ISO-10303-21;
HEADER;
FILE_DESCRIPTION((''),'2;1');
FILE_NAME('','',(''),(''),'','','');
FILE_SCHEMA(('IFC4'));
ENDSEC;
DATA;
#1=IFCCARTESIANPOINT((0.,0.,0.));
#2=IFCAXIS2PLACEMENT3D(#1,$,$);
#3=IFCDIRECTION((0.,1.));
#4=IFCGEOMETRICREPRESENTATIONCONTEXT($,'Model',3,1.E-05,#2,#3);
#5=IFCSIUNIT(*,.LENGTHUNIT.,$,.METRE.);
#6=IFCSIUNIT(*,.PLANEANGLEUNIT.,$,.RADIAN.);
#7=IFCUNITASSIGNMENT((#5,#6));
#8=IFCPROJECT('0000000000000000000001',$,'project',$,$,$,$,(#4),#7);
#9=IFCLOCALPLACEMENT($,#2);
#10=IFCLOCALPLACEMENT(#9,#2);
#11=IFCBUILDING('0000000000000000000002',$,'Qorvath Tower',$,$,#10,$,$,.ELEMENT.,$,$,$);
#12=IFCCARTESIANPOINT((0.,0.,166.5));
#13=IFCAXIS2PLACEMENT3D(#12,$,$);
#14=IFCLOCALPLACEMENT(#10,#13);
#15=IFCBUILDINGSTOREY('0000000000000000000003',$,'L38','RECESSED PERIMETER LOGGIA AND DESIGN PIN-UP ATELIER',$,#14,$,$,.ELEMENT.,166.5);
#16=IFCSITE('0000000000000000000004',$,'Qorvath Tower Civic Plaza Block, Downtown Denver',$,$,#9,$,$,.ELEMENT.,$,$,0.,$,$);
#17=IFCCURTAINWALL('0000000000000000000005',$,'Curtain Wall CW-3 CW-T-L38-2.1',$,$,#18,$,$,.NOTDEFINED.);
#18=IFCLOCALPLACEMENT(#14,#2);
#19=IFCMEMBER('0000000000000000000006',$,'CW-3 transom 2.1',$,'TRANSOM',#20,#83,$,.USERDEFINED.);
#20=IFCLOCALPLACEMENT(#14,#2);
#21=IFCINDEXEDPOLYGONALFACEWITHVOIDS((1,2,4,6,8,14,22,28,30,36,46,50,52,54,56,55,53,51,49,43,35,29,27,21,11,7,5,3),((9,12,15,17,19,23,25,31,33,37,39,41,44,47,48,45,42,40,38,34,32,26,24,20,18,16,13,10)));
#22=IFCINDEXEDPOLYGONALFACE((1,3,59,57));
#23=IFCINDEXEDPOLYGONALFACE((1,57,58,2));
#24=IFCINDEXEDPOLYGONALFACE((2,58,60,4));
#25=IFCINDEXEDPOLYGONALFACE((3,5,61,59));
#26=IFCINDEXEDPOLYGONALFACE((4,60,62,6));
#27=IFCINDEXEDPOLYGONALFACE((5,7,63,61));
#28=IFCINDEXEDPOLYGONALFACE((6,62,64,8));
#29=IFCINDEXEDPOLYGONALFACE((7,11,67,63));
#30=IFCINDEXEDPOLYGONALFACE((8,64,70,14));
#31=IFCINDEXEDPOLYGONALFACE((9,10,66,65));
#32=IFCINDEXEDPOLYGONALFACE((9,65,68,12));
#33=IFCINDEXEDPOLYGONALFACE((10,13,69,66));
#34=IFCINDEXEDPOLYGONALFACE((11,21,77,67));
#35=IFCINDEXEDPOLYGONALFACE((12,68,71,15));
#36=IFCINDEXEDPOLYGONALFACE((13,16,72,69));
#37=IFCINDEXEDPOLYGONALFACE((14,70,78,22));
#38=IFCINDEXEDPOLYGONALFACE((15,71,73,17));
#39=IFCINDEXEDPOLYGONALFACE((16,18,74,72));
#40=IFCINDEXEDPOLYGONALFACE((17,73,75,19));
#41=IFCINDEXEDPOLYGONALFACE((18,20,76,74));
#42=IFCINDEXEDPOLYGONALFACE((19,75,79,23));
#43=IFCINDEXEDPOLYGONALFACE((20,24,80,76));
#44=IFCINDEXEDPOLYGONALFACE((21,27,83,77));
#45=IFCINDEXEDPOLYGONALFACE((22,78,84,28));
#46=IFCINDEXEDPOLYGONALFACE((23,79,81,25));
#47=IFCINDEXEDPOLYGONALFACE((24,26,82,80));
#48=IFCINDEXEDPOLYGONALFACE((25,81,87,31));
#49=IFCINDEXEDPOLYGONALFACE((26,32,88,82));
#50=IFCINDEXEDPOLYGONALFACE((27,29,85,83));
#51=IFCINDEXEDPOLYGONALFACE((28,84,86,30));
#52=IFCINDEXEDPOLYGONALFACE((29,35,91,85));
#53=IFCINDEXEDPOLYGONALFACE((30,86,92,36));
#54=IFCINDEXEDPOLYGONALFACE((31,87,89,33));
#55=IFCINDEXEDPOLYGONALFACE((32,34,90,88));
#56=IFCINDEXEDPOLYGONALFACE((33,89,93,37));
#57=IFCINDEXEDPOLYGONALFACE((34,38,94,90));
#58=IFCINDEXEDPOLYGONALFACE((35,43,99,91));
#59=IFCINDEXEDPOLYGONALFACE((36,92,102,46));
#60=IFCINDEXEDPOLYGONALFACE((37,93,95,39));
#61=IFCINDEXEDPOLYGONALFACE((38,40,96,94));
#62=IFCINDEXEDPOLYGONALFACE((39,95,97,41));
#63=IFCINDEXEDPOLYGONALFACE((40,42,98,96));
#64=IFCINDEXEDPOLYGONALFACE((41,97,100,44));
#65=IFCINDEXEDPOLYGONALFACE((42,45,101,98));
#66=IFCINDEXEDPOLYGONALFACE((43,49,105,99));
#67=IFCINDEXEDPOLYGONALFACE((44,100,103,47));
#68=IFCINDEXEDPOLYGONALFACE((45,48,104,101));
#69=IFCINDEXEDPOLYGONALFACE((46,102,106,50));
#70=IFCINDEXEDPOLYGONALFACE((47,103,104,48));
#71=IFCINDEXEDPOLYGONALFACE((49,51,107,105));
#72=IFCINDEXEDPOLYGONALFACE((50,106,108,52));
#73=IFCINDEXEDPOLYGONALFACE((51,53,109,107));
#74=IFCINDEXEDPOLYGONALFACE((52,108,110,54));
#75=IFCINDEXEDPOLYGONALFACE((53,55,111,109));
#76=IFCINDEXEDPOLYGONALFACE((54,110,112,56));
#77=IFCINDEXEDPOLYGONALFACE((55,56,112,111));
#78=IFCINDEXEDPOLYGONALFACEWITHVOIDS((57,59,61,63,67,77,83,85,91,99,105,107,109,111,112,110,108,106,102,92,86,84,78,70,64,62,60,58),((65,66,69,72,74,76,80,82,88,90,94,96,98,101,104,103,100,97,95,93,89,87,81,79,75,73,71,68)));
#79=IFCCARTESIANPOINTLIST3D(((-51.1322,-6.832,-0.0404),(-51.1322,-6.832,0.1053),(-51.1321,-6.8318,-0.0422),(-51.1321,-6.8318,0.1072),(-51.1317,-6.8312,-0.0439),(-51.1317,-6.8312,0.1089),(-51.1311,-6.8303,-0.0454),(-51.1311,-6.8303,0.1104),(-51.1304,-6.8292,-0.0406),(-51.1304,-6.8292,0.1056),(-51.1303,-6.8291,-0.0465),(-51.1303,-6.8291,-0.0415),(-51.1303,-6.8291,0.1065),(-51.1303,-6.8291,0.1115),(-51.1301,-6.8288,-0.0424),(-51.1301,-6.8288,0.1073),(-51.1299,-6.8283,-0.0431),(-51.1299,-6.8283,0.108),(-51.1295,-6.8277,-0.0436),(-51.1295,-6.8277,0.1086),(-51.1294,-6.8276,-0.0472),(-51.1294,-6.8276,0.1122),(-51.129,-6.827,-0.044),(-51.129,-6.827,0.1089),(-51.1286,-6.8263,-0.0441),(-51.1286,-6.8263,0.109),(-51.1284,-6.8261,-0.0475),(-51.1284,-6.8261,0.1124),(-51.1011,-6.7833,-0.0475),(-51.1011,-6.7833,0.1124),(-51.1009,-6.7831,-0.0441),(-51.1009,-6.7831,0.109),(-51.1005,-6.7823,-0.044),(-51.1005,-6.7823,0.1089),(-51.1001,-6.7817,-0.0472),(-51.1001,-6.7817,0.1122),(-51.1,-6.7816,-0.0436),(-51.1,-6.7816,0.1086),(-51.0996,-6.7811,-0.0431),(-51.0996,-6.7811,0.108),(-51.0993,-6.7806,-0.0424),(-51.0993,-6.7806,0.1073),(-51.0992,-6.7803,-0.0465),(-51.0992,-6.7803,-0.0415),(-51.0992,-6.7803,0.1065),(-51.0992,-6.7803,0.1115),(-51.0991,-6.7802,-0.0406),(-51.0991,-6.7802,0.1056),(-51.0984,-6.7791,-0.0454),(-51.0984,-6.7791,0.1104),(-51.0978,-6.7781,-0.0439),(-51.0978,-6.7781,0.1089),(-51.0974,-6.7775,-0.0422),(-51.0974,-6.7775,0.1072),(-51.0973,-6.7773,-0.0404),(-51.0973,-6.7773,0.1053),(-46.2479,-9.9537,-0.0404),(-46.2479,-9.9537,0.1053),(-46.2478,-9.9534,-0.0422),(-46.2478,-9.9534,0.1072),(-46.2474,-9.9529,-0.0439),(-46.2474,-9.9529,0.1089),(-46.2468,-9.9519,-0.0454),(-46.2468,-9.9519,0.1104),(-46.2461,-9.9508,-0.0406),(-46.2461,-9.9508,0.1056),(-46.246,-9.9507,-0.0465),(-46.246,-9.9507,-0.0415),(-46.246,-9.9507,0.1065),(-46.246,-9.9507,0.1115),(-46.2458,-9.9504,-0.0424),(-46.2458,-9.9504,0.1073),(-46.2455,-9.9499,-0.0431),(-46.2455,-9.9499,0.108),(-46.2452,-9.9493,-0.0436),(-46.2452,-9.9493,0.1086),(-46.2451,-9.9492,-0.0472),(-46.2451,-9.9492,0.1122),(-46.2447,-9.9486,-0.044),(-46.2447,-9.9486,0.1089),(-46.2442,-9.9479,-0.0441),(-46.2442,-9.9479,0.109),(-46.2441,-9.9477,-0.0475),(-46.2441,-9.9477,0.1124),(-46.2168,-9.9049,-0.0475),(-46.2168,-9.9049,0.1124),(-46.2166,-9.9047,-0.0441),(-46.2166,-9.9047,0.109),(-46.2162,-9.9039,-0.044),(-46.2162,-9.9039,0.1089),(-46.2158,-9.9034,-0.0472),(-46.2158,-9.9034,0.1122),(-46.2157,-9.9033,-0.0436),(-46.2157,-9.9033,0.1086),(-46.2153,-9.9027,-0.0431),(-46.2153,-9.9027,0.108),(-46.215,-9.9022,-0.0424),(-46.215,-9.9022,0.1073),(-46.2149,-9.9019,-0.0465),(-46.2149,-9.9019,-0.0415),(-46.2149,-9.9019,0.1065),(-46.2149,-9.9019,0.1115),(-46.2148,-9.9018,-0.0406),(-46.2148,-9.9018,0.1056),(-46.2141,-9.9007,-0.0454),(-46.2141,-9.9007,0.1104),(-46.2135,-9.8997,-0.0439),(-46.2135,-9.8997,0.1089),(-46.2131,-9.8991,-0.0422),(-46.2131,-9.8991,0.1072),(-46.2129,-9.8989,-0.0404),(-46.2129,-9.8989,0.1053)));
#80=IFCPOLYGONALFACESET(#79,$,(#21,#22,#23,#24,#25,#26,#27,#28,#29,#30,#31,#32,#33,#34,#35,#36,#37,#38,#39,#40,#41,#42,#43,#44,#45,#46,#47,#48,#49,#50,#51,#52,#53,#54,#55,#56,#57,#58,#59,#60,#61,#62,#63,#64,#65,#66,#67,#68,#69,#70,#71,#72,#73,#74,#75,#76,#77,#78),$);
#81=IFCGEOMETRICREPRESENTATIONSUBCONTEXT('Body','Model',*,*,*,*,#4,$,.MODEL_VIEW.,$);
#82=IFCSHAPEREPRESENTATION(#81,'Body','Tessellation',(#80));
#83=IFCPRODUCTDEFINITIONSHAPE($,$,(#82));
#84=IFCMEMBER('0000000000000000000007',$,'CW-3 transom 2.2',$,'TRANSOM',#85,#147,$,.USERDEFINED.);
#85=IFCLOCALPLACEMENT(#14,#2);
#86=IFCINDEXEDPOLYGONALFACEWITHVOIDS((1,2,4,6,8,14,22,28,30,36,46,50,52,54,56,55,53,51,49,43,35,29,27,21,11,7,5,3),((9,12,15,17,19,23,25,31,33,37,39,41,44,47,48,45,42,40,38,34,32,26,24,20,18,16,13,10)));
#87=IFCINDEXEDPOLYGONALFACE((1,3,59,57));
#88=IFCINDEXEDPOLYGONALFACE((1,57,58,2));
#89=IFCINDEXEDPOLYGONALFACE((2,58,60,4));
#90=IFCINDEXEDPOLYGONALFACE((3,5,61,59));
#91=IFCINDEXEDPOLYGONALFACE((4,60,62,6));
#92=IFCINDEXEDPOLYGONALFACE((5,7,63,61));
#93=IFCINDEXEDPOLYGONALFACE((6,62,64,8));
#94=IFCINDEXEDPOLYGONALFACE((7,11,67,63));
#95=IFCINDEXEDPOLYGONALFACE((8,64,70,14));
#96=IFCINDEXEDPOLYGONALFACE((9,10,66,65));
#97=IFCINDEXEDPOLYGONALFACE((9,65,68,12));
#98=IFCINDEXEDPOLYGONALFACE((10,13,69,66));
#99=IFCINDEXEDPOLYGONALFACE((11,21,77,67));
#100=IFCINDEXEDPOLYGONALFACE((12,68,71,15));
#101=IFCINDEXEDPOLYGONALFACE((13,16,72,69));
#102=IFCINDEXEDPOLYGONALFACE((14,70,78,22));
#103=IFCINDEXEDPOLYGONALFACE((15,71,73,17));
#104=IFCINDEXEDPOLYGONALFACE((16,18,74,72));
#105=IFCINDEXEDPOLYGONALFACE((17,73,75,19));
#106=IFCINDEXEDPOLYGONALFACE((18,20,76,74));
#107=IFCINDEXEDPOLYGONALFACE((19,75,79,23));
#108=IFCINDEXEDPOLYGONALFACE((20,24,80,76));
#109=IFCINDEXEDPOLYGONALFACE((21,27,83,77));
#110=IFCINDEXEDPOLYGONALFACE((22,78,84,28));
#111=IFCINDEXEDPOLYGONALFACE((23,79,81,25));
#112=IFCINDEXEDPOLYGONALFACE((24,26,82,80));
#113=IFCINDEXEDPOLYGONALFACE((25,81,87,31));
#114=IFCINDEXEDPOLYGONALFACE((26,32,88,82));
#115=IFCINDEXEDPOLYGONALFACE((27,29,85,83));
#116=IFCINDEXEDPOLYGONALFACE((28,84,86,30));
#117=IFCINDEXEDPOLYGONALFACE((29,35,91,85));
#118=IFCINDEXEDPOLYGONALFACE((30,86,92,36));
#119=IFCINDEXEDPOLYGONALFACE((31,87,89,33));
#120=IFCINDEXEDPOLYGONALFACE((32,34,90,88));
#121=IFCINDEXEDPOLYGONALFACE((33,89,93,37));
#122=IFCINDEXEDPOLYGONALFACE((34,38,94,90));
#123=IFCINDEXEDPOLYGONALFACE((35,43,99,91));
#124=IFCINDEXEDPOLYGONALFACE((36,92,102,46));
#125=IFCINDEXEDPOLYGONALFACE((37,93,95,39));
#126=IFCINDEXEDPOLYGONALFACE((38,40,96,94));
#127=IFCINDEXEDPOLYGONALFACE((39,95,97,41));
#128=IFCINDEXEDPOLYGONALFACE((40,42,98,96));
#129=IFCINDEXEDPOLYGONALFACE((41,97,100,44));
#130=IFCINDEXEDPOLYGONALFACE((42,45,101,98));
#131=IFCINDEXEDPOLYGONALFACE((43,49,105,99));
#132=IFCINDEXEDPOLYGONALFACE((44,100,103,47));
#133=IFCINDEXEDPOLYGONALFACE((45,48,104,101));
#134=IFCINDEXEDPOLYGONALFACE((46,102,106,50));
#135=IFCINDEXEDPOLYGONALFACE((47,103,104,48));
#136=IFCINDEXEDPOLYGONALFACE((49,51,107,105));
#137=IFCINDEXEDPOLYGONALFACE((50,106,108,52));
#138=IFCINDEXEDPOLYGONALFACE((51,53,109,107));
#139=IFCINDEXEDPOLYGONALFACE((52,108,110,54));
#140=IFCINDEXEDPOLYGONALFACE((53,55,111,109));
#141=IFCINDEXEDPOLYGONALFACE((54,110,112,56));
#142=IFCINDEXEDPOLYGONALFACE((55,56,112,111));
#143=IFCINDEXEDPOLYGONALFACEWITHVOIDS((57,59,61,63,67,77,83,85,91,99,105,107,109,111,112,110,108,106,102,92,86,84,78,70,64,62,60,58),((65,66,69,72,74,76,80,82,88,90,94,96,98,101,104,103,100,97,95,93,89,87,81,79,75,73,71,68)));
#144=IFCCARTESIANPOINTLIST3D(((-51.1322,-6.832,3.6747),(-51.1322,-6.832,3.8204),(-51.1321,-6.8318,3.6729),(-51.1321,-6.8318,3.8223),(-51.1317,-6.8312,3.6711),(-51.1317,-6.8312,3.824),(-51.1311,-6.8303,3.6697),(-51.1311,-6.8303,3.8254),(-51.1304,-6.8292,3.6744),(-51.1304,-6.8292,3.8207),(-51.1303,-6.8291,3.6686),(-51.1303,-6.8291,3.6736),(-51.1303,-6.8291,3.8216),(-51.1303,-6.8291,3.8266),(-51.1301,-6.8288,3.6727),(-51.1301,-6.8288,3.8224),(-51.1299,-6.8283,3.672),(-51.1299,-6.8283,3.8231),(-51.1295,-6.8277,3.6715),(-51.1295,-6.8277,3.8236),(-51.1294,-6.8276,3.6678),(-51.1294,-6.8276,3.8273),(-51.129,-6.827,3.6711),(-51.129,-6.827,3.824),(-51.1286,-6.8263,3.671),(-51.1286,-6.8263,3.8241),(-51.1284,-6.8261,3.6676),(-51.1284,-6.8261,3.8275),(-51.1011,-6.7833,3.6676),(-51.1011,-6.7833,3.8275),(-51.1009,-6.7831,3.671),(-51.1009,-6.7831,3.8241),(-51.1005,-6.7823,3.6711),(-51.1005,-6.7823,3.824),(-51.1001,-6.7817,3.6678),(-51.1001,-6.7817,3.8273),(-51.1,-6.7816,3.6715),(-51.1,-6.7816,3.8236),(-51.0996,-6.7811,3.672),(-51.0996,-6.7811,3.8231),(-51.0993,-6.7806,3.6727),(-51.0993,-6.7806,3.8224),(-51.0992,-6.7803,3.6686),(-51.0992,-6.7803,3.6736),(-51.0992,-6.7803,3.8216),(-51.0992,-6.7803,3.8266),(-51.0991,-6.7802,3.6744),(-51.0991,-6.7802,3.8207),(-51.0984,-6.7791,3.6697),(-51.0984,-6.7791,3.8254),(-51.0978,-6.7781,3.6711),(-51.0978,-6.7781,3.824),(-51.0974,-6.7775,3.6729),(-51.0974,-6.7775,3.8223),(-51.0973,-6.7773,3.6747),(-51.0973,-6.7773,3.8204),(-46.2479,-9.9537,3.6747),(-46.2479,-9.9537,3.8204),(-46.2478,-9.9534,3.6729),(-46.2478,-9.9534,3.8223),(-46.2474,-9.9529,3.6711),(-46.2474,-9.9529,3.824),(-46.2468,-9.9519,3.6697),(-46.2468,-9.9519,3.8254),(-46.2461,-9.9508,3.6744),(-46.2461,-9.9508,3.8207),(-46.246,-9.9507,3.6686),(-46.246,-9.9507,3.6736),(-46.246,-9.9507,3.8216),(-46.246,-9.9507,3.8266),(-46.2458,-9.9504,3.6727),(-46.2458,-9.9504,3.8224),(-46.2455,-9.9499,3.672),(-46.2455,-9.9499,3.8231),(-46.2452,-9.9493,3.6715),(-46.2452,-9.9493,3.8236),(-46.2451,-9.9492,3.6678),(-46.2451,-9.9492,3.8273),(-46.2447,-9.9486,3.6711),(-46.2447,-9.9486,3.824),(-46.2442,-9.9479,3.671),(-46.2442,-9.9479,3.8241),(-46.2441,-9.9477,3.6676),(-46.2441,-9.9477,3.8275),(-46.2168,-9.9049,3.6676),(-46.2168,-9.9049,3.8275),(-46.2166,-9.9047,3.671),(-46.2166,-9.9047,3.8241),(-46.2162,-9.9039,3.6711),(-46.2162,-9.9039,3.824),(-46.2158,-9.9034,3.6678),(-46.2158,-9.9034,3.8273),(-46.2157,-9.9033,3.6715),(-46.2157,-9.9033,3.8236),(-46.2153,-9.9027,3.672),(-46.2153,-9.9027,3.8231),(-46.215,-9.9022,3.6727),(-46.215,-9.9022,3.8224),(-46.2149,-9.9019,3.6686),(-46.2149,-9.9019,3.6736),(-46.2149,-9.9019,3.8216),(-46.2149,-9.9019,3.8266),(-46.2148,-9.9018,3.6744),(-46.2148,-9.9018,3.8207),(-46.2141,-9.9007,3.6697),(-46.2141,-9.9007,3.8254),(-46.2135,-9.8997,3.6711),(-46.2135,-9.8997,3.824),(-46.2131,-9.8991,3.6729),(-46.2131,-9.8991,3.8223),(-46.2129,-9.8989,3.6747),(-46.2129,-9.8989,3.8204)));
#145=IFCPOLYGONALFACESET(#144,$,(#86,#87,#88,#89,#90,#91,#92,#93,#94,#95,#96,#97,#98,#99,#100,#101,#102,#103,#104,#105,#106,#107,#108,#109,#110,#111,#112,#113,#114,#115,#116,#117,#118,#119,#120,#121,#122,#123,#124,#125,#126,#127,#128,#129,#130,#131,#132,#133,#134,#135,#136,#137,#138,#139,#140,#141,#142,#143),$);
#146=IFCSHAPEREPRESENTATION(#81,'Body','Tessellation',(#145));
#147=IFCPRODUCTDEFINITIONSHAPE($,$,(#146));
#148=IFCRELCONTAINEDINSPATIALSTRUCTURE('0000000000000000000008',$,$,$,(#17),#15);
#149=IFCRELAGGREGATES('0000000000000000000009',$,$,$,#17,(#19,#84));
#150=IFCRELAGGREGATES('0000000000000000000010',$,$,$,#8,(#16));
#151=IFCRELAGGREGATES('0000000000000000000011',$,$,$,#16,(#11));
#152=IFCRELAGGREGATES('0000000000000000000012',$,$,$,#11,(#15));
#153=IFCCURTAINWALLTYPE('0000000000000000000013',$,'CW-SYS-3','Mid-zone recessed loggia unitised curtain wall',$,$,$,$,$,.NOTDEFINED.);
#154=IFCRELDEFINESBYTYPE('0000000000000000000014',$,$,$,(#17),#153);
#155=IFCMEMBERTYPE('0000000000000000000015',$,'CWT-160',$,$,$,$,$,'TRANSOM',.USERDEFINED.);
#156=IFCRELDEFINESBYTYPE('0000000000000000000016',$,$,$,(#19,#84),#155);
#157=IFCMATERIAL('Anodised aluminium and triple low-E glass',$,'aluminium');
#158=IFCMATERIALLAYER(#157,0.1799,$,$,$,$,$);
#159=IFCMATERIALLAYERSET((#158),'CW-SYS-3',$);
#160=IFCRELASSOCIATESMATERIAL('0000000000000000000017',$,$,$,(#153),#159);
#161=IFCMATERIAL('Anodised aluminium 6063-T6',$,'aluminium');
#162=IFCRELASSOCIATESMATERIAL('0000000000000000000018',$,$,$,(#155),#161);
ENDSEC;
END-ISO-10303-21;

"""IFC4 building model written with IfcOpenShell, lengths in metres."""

from ifc_helpers import new_model, si_unit, direction, frame, origin, origin_2d, place, context, subcontext, project, spatial, hollow_rectangle, extrude, material, layer, layer_set, material_profile, profile_set, type_object, element, aggregate, save


model = new_model("IFC4")

# Units and contexts
model_context = context("Model", 3, precision=1e-05, world=origin(), true_north=direction((0.0, 1.0)))
body_context = subcontext(model_context, "Body", "Model", "MODEL_VIEW")
ifc_project = project(units=[si_unit("LENGTHUNIT", "METRE"), si_unit("PLANEANGLEUNIT", "RADIAN")], contexts=[model_context])

# Site, building, storey
site_placement = place(None, origin())
site = spatial("IfcSite", under=ifc_project, at=site_placement, Name="Qorvath Tower Civic Plaza Block, Downtown Denver", CompositionType="ELEMENT", RefElevation=0.0)
building_placement = place(site_placement, origin())
building = spatial("IfcBuilding", under=site, at=building_placement, Name="Qorvath Tower", CompositionType="ELEMENT")
storey_placement = place(building_placement, frame((0.0, 0.0, 166.5)))
storey = spatial("IfcBuildingStorey", under=building, at=storey_placement, Name="L38", Description="RECESSED PERIMETER LOGGIA AND DESIGN PIN-UP ATELIER", CompositionType="ELEMENT", Elevation=166.5)

# Curtain wall, members
ifc_material_1 = material(Name="Anodised aluminium and triple low-E glass", Category="aluminium")
ifc_layer_1 = layer(ifc_material_1, 0.1799)
ifc_layer_set_1 = layer_set([ifc_layer_1], Name="CW-SYS-3")
curtain_wall_type = type_object("IfcCurtainWallType", Name="CW-SYS-3", Description="Mid-zone recessed loggia unitised curtain wall", PredefinedType="NOTDEFINED", material=ifc_layer_set_1)
curtain_wall_placement = place(storey_placement, origin())
curtain_wall = element("IfcCurtainWall", 1, at=curtain_wall_placement, inside=storey, type_object=curtain_wall_type, Name="Curtain Wall CW-3 CW-T-L38-2.1", PredefinedType="NOTDEFINED")
ifc_material_2 = material(Name="Anodised aluminium 6063-T6", Category="aluminium")
ifc_material_profile_1 = material_profile(ifc_material_2, hollow_rectangle(XDim=0.0649, YDim=0.1599, WallThickness=0.0034, InnerFilletRadius=0.0034, OuterFilletRadius=0.0071, at=origin_2d()), Name="CWT 160x65")
ifc_profile_set_1 = profile_set([ifc_material_profile_1], Name="Anodised aluminium 6063-T6")
member_type_1 = type_object("IfcMemberType", Name="CWT-160", ElementType="TRANSOM", PredefinedType="USERDEFINED", material=ifc_profile_set_1)
member_1_placement = place(storey_placement, frame((-51.1147, -6.8047, 0.0325), z_axis=(0.842612, -0.538521, 0.0), x_axis=(0.538521, 0.842612, 0.0)))
member_1 = element("IfcMember", 2, at=member_1_placement, type_object=member_type_1, Name="CW-3 transom 2.1", ObjectType="TRANSOM", PredefinedType="USERDEFINED", context=body_context, shape_type="SweptSolid", body=[
    extrude(hollow_rectangle(XDim=0.0649, YDim=0.1599, WallThickness=0.0034, InnerFilletRadius=0.0034, OuterFilletRadius=0.0071, at=origin_2d()), origin(), (0.0, 0.0, 1.0), 5.7966),
])
member_2_placement = place(storey_placement, frame((-51.1147, -6.8047, 3.7476), z_axis=(0.842612, -0.538521, 0.0), x_axis=(0.538521, 0.842612, 0.0)))
member_2 = element("IfcMember", 3, at=member_2_placement, type_object=member_type_1, Name="CW-3 transom 2.2", ObjectType="TRANSOM", PredefinedType="USERDEFINED", context=body_context, shape_type="SweptSolid", body=[
    extrude(hollow_rectangle(XDim=0.0649, YDim=0.1599, WallThickness=0.0034, InnerFilletRadius=0.0034, OuterFilletRadius=0.0071, at=origin_2d()), origin(), (0.0, 0.0, 1.0), 5.7966),
])
aggregate(curtain_wall, [member_1, member_2])

save(model, "model.ifc")
